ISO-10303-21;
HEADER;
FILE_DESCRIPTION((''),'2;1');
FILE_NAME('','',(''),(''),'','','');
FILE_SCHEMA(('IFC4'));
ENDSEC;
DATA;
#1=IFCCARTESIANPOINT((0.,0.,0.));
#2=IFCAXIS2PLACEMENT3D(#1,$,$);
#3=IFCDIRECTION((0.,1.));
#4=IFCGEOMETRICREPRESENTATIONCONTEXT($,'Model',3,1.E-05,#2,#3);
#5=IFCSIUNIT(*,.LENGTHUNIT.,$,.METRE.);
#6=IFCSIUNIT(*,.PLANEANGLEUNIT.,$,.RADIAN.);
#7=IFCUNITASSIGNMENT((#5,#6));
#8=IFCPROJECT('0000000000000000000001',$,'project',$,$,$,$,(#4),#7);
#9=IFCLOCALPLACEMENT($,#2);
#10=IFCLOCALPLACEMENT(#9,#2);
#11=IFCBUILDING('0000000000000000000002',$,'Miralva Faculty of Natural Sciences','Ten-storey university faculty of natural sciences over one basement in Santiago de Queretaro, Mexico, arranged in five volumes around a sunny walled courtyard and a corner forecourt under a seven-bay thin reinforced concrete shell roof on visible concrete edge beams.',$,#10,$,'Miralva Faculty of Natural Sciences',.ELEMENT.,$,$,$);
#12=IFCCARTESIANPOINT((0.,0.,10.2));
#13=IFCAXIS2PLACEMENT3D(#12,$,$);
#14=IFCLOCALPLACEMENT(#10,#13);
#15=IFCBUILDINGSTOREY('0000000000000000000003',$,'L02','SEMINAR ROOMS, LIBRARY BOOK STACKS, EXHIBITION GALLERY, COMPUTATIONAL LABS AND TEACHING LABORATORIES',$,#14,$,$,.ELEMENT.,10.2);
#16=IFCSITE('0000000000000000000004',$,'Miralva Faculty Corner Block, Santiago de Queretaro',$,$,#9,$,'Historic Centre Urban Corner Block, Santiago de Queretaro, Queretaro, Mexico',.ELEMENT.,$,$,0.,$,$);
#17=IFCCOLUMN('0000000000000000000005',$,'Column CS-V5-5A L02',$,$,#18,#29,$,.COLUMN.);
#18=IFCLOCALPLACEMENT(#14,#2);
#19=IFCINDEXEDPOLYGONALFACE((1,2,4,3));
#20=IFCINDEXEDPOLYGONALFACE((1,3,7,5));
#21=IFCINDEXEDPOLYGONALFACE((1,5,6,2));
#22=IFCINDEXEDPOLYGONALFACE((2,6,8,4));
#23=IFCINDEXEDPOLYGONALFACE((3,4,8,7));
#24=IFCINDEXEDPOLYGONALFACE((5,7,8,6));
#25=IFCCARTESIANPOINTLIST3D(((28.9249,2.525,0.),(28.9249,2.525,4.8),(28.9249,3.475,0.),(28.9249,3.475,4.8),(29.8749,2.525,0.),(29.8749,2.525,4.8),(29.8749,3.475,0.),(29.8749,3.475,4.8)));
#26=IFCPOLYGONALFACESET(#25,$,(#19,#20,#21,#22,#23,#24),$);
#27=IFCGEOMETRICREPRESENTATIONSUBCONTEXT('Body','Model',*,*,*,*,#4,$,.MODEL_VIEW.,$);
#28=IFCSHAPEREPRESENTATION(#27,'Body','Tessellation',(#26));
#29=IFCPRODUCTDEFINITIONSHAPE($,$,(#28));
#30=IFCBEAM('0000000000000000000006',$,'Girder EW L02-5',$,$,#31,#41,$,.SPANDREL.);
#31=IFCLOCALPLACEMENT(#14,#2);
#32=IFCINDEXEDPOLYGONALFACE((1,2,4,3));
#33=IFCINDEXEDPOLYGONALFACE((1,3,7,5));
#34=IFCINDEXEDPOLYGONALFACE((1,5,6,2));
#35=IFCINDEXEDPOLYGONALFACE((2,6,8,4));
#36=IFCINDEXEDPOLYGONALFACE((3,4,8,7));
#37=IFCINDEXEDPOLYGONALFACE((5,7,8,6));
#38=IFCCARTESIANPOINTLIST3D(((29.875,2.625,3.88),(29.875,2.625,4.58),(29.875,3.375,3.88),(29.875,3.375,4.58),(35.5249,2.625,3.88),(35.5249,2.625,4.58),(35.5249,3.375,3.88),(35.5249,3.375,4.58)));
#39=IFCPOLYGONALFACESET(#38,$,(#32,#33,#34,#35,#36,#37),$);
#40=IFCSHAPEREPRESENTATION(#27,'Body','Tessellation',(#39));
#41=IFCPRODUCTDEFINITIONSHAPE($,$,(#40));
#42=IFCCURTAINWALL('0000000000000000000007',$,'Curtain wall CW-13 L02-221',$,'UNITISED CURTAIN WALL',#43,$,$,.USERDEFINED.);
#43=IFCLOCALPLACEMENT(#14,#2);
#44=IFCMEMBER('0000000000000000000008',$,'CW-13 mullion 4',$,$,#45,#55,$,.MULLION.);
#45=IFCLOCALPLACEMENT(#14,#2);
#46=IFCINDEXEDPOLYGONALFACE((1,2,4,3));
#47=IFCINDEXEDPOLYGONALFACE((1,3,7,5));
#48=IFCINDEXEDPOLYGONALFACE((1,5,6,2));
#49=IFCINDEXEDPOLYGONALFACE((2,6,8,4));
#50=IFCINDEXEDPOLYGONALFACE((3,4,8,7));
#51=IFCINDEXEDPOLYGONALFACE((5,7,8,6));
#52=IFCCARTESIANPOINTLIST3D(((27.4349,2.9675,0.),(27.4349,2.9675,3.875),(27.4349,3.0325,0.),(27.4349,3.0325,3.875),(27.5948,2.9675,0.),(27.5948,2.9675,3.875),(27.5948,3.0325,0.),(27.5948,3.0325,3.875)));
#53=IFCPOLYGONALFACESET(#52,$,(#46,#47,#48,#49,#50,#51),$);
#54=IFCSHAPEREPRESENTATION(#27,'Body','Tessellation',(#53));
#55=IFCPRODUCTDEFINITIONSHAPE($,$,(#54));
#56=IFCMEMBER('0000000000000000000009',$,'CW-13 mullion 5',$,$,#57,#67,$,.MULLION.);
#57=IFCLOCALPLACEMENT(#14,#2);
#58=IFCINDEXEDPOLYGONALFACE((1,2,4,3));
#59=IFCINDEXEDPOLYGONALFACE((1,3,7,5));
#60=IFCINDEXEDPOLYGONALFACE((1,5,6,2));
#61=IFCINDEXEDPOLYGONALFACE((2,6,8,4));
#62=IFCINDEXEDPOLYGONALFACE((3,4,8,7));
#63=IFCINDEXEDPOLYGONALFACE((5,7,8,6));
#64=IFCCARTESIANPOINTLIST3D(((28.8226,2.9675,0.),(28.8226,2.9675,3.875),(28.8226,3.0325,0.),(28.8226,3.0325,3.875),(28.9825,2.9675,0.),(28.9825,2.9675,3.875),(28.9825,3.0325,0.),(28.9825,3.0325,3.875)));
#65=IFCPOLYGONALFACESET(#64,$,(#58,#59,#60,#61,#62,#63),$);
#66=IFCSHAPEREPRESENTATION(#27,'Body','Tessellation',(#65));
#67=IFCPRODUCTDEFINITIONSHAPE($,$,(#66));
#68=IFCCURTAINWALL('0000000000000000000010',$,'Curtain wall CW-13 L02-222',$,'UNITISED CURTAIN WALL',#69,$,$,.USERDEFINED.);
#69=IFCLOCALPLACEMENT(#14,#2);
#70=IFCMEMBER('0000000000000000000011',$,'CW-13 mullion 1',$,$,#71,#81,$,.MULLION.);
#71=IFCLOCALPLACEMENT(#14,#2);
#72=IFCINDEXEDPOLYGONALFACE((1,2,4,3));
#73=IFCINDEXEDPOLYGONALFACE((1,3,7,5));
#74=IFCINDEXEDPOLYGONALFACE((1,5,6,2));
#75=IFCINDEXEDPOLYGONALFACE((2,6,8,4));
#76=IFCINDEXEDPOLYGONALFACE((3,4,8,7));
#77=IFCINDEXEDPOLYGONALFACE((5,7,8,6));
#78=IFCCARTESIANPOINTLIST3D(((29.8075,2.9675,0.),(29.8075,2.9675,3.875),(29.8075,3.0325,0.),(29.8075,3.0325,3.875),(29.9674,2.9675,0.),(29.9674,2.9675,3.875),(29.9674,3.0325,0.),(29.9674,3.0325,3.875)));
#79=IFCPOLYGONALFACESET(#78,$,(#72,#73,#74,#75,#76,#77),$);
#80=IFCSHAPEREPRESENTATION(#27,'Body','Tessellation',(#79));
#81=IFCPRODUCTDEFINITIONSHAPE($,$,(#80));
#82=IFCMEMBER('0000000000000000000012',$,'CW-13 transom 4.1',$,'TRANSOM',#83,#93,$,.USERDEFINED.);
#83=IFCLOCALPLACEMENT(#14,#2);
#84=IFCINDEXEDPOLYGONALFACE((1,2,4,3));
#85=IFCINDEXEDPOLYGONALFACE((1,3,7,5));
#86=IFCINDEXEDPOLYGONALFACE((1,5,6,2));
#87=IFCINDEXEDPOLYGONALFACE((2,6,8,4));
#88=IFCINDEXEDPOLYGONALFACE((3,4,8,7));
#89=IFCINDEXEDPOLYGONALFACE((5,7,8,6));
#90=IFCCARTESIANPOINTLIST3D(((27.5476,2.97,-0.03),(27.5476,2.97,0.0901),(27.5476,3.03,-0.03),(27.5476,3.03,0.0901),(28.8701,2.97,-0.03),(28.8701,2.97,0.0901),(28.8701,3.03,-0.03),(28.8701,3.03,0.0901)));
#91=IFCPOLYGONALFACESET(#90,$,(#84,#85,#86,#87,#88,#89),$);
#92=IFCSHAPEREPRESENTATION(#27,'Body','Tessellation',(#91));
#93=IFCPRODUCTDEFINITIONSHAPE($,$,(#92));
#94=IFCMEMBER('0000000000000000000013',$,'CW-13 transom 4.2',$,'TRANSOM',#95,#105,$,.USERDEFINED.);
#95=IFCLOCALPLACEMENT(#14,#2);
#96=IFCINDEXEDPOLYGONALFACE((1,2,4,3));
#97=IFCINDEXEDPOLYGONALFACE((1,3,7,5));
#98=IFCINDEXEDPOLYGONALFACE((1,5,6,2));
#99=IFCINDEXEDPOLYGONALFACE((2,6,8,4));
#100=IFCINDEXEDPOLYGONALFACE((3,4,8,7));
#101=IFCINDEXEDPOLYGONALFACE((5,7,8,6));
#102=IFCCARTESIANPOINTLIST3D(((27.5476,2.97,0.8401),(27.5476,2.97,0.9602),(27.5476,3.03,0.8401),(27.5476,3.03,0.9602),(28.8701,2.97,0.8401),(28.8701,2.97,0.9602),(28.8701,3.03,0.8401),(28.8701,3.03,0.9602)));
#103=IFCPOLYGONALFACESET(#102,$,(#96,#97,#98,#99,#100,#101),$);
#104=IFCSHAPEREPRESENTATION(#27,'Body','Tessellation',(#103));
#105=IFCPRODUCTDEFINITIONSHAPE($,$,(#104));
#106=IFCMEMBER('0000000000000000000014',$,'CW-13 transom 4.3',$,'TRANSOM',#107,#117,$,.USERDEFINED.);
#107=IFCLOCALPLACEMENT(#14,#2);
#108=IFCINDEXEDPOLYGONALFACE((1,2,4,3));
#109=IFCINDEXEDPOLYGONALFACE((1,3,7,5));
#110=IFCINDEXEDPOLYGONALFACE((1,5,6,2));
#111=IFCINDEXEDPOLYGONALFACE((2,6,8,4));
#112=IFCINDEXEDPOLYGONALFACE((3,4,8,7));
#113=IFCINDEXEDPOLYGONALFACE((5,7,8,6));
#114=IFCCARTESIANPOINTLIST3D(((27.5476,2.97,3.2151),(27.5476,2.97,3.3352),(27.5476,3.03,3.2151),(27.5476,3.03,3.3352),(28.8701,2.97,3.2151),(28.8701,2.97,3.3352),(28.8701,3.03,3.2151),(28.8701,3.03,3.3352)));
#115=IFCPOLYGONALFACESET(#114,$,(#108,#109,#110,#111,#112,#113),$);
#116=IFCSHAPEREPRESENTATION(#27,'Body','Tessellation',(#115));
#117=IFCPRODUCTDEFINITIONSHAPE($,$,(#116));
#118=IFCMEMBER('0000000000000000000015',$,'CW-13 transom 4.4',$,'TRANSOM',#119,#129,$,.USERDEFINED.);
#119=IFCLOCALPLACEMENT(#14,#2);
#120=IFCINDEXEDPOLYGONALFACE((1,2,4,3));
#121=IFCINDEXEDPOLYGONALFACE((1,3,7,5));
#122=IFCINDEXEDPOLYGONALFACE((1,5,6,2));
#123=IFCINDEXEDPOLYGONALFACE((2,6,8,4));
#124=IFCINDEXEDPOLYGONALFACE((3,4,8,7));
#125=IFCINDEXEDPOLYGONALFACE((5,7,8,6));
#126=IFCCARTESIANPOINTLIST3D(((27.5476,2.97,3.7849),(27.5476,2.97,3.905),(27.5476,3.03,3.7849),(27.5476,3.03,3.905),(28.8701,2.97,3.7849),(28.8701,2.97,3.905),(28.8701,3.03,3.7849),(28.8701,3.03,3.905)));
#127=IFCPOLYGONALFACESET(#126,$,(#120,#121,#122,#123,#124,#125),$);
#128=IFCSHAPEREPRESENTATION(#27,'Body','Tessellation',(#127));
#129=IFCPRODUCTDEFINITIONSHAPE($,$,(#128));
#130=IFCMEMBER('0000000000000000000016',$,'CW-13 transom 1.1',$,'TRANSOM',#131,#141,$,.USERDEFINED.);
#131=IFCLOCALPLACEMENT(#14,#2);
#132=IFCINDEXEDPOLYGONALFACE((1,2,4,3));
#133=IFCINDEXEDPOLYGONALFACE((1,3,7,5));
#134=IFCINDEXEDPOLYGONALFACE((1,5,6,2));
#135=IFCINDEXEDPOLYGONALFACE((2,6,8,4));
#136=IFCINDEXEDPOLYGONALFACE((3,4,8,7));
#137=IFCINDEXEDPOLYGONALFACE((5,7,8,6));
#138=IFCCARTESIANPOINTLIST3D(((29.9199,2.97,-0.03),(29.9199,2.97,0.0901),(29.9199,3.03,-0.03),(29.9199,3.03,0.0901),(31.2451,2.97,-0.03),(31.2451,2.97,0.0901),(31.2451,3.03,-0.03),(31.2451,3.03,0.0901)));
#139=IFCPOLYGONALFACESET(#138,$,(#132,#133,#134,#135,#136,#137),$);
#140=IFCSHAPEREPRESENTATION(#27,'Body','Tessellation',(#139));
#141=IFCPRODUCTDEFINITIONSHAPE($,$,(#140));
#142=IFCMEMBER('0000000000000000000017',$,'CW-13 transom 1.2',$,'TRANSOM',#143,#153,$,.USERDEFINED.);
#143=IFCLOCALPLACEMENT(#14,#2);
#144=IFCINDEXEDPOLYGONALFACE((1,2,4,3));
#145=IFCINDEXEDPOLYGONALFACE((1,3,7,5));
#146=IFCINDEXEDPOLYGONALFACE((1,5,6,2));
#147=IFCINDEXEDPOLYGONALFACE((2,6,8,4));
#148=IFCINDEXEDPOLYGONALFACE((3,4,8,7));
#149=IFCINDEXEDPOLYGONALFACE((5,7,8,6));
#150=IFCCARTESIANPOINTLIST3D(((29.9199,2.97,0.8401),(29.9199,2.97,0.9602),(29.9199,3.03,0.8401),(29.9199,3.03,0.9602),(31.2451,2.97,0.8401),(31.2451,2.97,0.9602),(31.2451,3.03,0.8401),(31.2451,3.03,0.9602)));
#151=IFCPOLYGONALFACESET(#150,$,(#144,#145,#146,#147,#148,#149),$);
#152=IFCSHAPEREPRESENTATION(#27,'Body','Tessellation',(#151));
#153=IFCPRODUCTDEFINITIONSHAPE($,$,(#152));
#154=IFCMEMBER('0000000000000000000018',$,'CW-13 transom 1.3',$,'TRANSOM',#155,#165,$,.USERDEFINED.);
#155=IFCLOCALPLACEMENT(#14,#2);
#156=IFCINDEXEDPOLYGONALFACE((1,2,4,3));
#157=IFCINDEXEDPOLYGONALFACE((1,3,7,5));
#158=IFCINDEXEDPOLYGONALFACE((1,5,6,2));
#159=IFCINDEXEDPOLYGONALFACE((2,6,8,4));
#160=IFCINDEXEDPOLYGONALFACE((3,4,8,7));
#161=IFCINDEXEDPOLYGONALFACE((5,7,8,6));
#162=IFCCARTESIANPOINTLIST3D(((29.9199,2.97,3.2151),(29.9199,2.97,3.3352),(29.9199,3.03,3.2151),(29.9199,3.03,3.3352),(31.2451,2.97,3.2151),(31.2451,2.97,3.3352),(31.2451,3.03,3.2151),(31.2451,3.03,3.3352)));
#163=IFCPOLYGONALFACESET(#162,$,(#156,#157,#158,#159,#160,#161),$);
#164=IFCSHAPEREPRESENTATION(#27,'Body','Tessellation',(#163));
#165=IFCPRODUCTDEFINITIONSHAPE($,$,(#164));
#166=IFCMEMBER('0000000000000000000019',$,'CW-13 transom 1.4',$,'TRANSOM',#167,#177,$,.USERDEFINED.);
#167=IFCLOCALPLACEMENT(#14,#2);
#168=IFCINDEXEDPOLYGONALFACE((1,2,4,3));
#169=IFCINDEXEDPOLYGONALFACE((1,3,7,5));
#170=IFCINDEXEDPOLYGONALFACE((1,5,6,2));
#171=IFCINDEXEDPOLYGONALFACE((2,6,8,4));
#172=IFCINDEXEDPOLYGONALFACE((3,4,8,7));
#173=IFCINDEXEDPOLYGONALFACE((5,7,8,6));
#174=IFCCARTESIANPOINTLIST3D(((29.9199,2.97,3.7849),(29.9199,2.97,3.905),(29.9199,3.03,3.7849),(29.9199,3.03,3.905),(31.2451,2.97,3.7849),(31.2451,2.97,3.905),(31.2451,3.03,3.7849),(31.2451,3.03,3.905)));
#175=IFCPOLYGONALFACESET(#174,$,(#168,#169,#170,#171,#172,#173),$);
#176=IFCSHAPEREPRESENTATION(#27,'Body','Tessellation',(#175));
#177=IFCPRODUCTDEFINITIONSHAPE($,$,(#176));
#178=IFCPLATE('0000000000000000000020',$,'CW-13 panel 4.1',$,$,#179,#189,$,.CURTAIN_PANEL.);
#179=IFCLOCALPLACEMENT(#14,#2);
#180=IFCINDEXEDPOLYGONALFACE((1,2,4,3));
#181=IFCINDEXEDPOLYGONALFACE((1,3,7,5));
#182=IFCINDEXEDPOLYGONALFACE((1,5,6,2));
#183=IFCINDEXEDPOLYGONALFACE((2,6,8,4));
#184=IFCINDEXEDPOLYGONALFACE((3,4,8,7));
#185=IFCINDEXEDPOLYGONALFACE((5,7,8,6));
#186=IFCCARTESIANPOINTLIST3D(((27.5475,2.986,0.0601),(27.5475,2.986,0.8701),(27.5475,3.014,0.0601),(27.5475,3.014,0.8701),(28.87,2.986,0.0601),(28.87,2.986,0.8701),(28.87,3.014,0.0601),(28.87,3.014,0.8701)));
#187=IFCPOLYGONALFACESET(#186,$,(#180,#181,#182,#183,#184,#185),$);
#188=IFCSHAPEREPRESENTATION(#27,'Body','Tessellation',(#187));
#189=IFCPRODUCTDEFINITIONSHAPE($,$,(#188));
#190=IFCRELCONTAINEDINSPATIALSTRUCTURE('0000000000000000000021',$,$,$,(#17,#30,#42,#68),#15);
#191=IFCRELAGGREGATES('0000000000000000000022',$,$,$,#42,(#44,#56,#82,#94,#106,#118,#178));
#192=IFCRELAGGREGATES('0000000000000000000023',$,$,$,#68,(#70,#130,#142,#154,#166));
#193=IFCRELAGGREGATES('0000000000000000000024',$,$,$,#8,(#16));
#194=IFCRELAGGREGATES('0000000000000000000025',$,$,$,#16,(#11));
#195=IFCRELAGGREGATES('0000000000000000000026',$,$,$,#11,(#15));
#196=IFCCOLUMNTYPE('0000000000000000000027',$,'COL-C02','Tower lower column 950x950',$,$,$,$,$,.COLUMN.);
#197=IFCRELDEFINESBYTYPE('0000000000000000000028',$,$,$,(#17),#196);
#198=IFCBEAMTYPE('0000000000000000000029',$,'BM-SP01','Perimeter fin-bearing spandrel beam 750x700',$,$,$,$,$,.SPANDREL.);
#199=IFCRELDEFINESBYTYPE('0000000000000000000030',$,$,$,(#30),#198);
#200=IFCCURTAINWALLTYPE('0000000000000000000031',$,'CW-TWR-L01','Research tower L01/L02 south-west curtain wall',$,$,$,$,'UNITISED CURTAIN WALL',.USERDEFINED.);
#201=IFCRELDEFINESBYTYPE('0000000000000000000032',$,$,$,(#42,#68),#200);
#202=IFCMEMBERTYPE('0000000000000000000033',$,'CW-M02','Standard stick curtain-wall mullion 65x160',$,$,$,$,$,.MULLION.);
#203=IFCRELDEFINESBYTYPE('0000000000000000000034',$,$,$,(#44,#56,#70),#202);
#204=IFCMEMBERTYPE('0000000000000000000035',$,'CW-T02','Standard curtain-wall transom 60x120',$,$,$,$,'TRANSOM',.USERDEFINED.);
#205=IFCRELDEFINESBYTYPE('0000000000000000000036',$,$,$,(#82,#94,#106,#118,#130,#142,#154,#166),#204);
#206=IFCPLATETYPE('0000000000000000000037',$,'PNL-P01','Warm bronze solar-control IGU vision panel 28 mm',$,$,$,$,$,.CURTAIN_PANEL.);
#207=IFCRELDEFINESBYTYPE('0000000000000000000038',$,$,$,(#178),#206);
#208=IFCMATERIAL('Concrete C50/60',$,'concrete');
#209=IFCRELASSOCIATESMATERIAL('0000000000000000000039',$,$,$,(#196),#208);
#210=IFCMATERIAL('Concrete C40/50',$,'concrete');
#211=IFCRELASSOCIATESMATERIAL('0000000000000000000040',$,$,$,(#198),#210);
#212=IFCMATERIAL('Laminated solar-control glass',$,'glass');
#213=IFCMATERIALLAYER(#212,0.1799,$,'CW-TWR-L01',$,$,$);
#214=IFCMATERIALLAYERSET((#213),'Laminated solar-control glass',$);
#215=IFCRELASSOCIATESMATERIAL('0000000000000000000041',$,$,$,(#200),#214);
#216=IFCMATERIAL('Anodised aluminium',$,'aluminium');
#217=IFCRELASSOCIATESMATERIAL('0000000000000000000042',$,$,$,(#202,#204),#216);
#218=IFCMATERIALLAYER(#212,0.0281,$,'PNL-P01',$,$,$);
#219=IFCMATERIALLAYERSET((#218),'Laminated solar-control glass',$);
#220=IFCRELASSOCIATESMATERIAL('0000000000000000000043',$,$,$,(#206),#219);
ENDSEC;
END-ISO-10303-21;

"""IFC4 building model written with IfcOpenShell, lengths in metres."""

from ifc_helpers import new_model, si_unit, direction, frame, origin, origin_2d, place, context, subcontext, project, spatial, rectangle, extrude, material, layer, layer_set, material_profile, profile_set, type_object, element, aggregate, save


model = new_model("IFC4")

# Units and contexts
model_context = context("Model", 3, precision=1e-05, world=origin(), true_north=direction((0.0, 1.0)))
body_context = subcontext(model_context, "Body", "Model", "MODEL_VIEW")
ifc_project = project(units=[si_unit("LENGTHUNIT", "METRE"), si_unit("PLANEANGLEUNIT", "RADIAN")], contexts=[model_context])

# Site, building, storey
site_placement = place(None, origin())
site = spatial("IfcSite", under=ifc_project, at=site_placement, Name="Miralva Faculty Corner Block, Santiago de Queretaro", LongName="Historic Centre Urban Corner Block, Santiago de Queretaro, Queretaro, Mexico", CompositionType="ELEMENT", RefElevation=0.0)
building_placement = place(site_placement, origin())
building = spatial("IfcBuilding", under=site, at=building_placement, Name="Miralva Faculty of Natural Sciences", Description="Ten-storey university faculty of natural sciences over one basement in Santiago de Queretaro, Mexico, arranged in five volumes around a sunny walled courtyard and a corner forecourt under a seven-bay thin reinforced concrete shell roof on visible concrete edge beams.", LongName="Miralva Faculty of Natural Sciences", CompositionType="ELEMENT")
storey_placement = place(building_placement, frame((0.0, 0.0, 10.2)))
storey = spatial("IfcBuildingStorey", under=building, at=storey_placement, Name="L02", Description="SEMINAR ROOMS, LIBRARY BOOK STACKS, EXHIBITION GALLERY, COMPUTATIONAL LABS AND TEACHING LABORATORIES", CompositionType="ELEMENT", Elevation=10.2)

# Column
ifc_material_1 = material(Name="Concrete C50/60", Category="concrete")
ifc_material_profile_1 = material_profile(ifc_material_1, rectangle(XDim=0.95, YDim=0.95, at=origin_2d()), Name="RC 950x950")
ifc_profile_set_1 = profile_set([ifc_material_profile_1], Name="Concrete C50/60")
column_type = type_object("IfcColumnType", Name="COL-C02", Description="Tower lower column 950x950", PredefinedType="COLUMN", material=ifc_profile_set_1)
column_placement = place(storey_placement, frame((29.3999, 3.0, 0.0), z_axis=(0.0, 0.0, 1.0), x_axis=(1.0, 0.0, 0.0)))
element("IfcColumn", 1, at=column_placement, inside=storey, type_object=column_type, Name="Column CS-V5-5A L02", PredefinedType="COLUMN", context=body_context, shape_type="SweptSolid", body=[
    extrude(rectangle(XDim=0.95, YDim=0.95, at=origin_2d()), origin(), (0.0, 0.0, 1.0), 4.8),
])

# Beam
ifc_material_2 = material(Name="Concrete C40/50", Category="concrete")
ifc_material_profile_2 = material_profile(ifc_material_2, rectangle(XDim=0.75, YDim=0.7, at=origin_2d()), Name="RC 750x700")
ifc_profile_set_2 = profile_set([ifc_material_profile_2], Name="Concrete C40/50")
beam_type = type_object("IfcBeamType", Name="BM-SP01", Description="Perimeter fin-bearing spandrel beam 750x700", PredefinedType="SPANDREL", material=ifc_profile_set_2)
beam_placement = place(storey_placement, frame((29.875, 3.0, 4.23), z_axis=(1.0, 0.0, 0.0), x_axis=(0.0, 1.0, 0.0)))
element("IfcBeam", 2, at=beam_placement, inside=storey, type_object=beam_type, Name="Girder EW L02-5", PredefinedType="SPANDREL", context=body_context, shape_type="SweptSolid", body=[
    extrude(rectangle(XDim=0.75, YDim=0.7, at=origin_2d()), origin(), (0.0, 0.0, 1.0), 5.6499),
])

# Curtain wall, members
ifc_material_3 = material(Name="Laminated solar-control glass", Category="glass")
ifc_layer_1 = layer(ifc_material_3, 0.1799, Name="CW-TWR-L01")
ifc_layer_set_1 = layer_set([ifc_layer_1], Name="Laminated solar-control glass")
curtain_wall_type = type_object("IfcCurtainWallType", Name="CW-TWR-L01", Description="Research tower L01/L02 south-west curtain wall", ElementType="UNITISED CURTAIN WALL", PredefinedType="USERDEFINED", material=ifc_layer_set_1)
curtain_wall_1_placement = place(storey_placement, origin())
curtain_wall_1 = element("IfcCurtainWall", 3, at=curtain_wall_1_placement, inside=storey, type_object=curtain_wall_type, Name="Curtain wall CW-13 L02-221", ObjectType="UNITISED CURTAIN WALL", PredefinedType="USERDEFINED")
ifc_material_4 = material(Name="Anodised aluminium", Category="aluminium")
ifc_material_profile_3 = material_profile(ifc_material_4, rectangle(XDim=0.0649, YDim=0.1599, at=origin_2d()), Name="MULLION 65x160")
ifc_profile_set_3 = profile_set([ifc_material_profile_3], Name="Anodised aluminium")
member_type_1 = type_object("IfcMemberType", Name="CW-M02", Description="Standard stick curtain-wall mullion 65x160", PredefinedType="MULLION", material=ifc_profile_set_3)
member_1_placement = place(storey_placement, frame((27.5149, 3.0, 0.0), z_axis=(0.0, 0.0, 1.0), x_axis=(0.0, 1.0, 0.0)))
member_1 = element("IfcMember", 4, at=member_1_placement, type_object=member_type_1, Name="CW-13 mullion 4", PredefinedType="MULLION", context=body_context, shape_type="SweptSolid", body=[
    extrude(rectangle(XDim=0.0649, YDim=0.1599, at=origin_2d()), origin(), (0.0, 0.0, 1.0), 3.875),
])
member_2_placement = place(storey_placement, frame((28.9026, 3.0, 0.0), z_axis=(0.0, 0.0, 1.0), x_axis=(0.0, 1.0, 0.0)))
member_2 = element("IfcMember", 5, at=member_2_placement, type_object=member_type_1, Name="CW-13 mullion 5", PredefinedType="MULLION", context=body_context, shape_type="SweptSolid", body=[
    extrude(rectangle(XDim=0.0649, YDim=0.1599, at=origin_2d()), origin(), (0.0, 0.0, 1.0), 3.875),
])

# Curtain wall, member
curtain_wall_2_placement = place(storey_placement, origin())
curtain_wall_2 = element("IfcCurtainWall", 6, at=curtain_wall_2_placement, inside=storey, type_object=curtain_wall_type, Name="Curtain wall CW-13 L02-222", ObjectType="UNITISED CURTAIN WALL", PredefinedType="USERDEFINED")
member_3_placement = place(storey_placement, frame((29.8875, 3.0, 0.0), z_axis=(0.0, 0.0, 1.0), x_axis=(0.0, 1.0, 0.0)))
member_3 = element("IfcMember", 7, at=member_3_placement, type_object=member_type_1, Name="CW-13 mullion 1", PredefinedType="MULLION", context=body_context, shape_type="SweptSolid", body=[
    extrude(rectangle(XDim=0.0649, YDim=0.1599, at=origin_2d()), origin(), (0.0, 0.0, 1.0), 3.875),
])

# Members
ifc_material_profile_4 = material_profile(ifc_material_4, rectangle(XDim=0.0601, YDim=0.1201, at=origin_2d()), Name="TRANSOM 60x120")
ifc_profile_set_4 = profile_set([ifc_material_profile_4], Name="Anodised aluminium")
member_type_2 = type_object("IfcMemberType", Name="CW-T02", Description="Standard curtain-wall transom 60x120", ElementType="TRANSOM", PredefinedType="USERDEFINED", material=ifc_profile_set_4)
member_4_placement = place(storey_placement, frame((27.5476, 3.0, 0.03), z_axis=(1.0, 0.0, 0.0), x_axis=(0.0, 1.0, 0.0)))
member_4 = element("IfcMember", 8, at=member_4_placement, type_object=member_type_2, Name="CW-13 transom 4.1", ObjectType="TRANSOM", PredefinedType="USERDEFINED", context=body_context, shape_type="SweptSolid", body=[
    extrude(rectangle(XDim=0.0601, YDim=0.1201, at=origin_2d()), origin(), (0.0, 0.0, 1.0), 1.3225),
])
member_5_placement = place(storey_placement, frame((27.5476, 3.0, 0.9001), z_axis=(1.0, 0.0, 0.0), x_axis=(0.0, 1.0, 0.0)))
member_5 = element("IfcMember", 9, at=member_5_placement, type_object=member_type_2, Name="CW-13 transom 4.2", ObjectType="TRANSOM", PredefinedType="USERDEFINED", context=body_context, shape_type="SweptSolid", body=[
    extrude(rectangle(XDim=0.0601, YDim=0.1201, at=origin_2d()), origin(), (0.0, 0.0, 1.0), 1.3225),
])
member_6_placement = place(storey_placement, frame((27.5476, 3.0, 3.2751), z_axis=(1.0, 0.0, 0.0), x_axis=(0.0, 1.0, 0.0)))
member_6 = element("IfcMember", 10, at=member_6_placement, type_object=member_type_2, Name="CW-13 transom 4.3", ObjectType="TRANSOM", PredefinedType="USERDEFINED", context=body_context, shape_type="SweptSolid", body=[
    extrude(rectangle(XDim=0.0601, YDim=0.1201, at=origin_2d()), origin(), (0.0, 0.0, 1.0), 1.3225),
])
member_7_placement = place(storey_placement, frame((27.5476, 3.0, 3.845), z_axis=(1.0, 0.0, 0.0), x_axis=(0.0, 1.0, 0.0)))
member_7 = element("IfcMember", 11, at=member_7_placement, type_object=member_type_2, Name="CW-13 transom 4.4", ObjectType="TRANSOM", PredefinedType="USERDEFINED", context=body_context, shape_type="SweptSolid", body=[
    extrude(rectangle(XDim=0.0601, YDim=0.1201, at=origin_2d()), origin(), (0.0, 0.0, 1.0), 1.3225),
])
member_8_placement = place(storey_placement, frame((29.9199, 3.0, 0.03), z_axis=(1.0, 0.0, 0.0), x_axis=(0.0, 1.0, 0.0)))
member_8 = element("IfcMember", 12, at=member_8_placement, type_object=member_type_2, Name="CW-13 transom 1.1", ObjectType="TRANSOM", PredefinedType="USERDEFINED", context=body_context, shape_type="SweptSolid", body=[
    extrude(rectangle(XDim=0.0601, YDim=0.1201, at=origin_2d()), origin(), (0.0, 0.0, 1.0), 1.3252),
])
member_9_placement = place(storey_placement, frame((29.9199, 3.0, 0.9001), z_axis=(1.0, 0.0, 0.0), x_axis=(0.0, 1.0, 0.0)))
member_9 = element("IfcMember", 13, at=member_9_placement, type_object=member_type_2, Name="CW-13 transom 1.2", ObjectType="TRANSOM", PredefinedType="USERDEFINED", context=body_context, shape_type="SweptSolid", body=[
    extrude(rectangle(XDim=0.0601, YDim=0.1201, at=origin_2d()), origin(), (0.0, 0.0, 1.0), 1.3252),
])
member_10_placement = place(storey_placement, frame((29.9199, 3.0, 3.2751), z_axis=(1.0, 0.0, 0.0), x_axis=(0.0, 1.0, 0.0)))
member_10 = element("IfcMember", 14, at=member_10_placement, type_object=member_type_2, Name="CW-13 transom 1.3", ObjectType="TRANSOM", PredefinedType="USERDEFINED", context=body_context, shape_type="SweptSolid", body=[
    extrude(rectangle(XDim=0.0601, YDim=0.1201, at=origin_2d()), origin(), (0.0, 0.0, 1.0), 1.3252),
])
member_11_placement = place(storey_placement, frame((29.9199, 3.0, 3.845), z_axis=(1.0, 0.0, 0.0), x_axis=(0.0, 1.0, 0.0)))
member_11 = element("IfcMember", 15, at=member_11_placement, type_object=member_type_2, Name="CW-13 transom 1.4", ObjectType="TRANSOM", PredefinedType="USERDEFINED", context=body_context, shape_type="SweptSolid", body=[
    extrude(rectangle(XDim=0.0601, YDim=0.1201, at=origin_2d()), origin(), (0.0, 0.0, 1.0), 1.3252),
])

# Plate
ifc_layer_2 = layer(ifc_material_3, 0.0281, Name="PNL-P01")
ifc_layer_set_2 = layer_set([ifc_layer_2], Name="Laminated solar-control glass")
plate_type = type_object("IfcPlateType", Name="PNL-P01", Description="Warm bronze solar-control IGU vision panel 28 mm", PredefinedType="CURTAIN_PANEL", material=ifc_layer_set_2)
plate_1_placement = place(storey_placement, frame((28.2087, 3.0, 0.0601), z_axis=(0.0, 0.0, 1.0), x_axis=(1.0, 0.0, 0.0)))
plate_1 = element("IfcPlate", 16, at=plate_1_placement, type_object=plate_type, Name="CW-13 panel 4.1", PredefinedType="CURTAIN_PANEL", context=body_context, shape_type="SweptSolid", body=[
    extrude(rectangle(XDim=1.3225, YDim=0.0281, at=origin_2d()), origin(), (0.0, 0.0, 1.0), 0.8101),
])
aggregate(curtain_wall_1, [member_1, member_2, member_4, member_5, member_6, member_7, plate_1])
aggregate(curtain_wall_2, [member_3, member_8, member_9, member_10, member_11])

save(model, "model.ifc")
